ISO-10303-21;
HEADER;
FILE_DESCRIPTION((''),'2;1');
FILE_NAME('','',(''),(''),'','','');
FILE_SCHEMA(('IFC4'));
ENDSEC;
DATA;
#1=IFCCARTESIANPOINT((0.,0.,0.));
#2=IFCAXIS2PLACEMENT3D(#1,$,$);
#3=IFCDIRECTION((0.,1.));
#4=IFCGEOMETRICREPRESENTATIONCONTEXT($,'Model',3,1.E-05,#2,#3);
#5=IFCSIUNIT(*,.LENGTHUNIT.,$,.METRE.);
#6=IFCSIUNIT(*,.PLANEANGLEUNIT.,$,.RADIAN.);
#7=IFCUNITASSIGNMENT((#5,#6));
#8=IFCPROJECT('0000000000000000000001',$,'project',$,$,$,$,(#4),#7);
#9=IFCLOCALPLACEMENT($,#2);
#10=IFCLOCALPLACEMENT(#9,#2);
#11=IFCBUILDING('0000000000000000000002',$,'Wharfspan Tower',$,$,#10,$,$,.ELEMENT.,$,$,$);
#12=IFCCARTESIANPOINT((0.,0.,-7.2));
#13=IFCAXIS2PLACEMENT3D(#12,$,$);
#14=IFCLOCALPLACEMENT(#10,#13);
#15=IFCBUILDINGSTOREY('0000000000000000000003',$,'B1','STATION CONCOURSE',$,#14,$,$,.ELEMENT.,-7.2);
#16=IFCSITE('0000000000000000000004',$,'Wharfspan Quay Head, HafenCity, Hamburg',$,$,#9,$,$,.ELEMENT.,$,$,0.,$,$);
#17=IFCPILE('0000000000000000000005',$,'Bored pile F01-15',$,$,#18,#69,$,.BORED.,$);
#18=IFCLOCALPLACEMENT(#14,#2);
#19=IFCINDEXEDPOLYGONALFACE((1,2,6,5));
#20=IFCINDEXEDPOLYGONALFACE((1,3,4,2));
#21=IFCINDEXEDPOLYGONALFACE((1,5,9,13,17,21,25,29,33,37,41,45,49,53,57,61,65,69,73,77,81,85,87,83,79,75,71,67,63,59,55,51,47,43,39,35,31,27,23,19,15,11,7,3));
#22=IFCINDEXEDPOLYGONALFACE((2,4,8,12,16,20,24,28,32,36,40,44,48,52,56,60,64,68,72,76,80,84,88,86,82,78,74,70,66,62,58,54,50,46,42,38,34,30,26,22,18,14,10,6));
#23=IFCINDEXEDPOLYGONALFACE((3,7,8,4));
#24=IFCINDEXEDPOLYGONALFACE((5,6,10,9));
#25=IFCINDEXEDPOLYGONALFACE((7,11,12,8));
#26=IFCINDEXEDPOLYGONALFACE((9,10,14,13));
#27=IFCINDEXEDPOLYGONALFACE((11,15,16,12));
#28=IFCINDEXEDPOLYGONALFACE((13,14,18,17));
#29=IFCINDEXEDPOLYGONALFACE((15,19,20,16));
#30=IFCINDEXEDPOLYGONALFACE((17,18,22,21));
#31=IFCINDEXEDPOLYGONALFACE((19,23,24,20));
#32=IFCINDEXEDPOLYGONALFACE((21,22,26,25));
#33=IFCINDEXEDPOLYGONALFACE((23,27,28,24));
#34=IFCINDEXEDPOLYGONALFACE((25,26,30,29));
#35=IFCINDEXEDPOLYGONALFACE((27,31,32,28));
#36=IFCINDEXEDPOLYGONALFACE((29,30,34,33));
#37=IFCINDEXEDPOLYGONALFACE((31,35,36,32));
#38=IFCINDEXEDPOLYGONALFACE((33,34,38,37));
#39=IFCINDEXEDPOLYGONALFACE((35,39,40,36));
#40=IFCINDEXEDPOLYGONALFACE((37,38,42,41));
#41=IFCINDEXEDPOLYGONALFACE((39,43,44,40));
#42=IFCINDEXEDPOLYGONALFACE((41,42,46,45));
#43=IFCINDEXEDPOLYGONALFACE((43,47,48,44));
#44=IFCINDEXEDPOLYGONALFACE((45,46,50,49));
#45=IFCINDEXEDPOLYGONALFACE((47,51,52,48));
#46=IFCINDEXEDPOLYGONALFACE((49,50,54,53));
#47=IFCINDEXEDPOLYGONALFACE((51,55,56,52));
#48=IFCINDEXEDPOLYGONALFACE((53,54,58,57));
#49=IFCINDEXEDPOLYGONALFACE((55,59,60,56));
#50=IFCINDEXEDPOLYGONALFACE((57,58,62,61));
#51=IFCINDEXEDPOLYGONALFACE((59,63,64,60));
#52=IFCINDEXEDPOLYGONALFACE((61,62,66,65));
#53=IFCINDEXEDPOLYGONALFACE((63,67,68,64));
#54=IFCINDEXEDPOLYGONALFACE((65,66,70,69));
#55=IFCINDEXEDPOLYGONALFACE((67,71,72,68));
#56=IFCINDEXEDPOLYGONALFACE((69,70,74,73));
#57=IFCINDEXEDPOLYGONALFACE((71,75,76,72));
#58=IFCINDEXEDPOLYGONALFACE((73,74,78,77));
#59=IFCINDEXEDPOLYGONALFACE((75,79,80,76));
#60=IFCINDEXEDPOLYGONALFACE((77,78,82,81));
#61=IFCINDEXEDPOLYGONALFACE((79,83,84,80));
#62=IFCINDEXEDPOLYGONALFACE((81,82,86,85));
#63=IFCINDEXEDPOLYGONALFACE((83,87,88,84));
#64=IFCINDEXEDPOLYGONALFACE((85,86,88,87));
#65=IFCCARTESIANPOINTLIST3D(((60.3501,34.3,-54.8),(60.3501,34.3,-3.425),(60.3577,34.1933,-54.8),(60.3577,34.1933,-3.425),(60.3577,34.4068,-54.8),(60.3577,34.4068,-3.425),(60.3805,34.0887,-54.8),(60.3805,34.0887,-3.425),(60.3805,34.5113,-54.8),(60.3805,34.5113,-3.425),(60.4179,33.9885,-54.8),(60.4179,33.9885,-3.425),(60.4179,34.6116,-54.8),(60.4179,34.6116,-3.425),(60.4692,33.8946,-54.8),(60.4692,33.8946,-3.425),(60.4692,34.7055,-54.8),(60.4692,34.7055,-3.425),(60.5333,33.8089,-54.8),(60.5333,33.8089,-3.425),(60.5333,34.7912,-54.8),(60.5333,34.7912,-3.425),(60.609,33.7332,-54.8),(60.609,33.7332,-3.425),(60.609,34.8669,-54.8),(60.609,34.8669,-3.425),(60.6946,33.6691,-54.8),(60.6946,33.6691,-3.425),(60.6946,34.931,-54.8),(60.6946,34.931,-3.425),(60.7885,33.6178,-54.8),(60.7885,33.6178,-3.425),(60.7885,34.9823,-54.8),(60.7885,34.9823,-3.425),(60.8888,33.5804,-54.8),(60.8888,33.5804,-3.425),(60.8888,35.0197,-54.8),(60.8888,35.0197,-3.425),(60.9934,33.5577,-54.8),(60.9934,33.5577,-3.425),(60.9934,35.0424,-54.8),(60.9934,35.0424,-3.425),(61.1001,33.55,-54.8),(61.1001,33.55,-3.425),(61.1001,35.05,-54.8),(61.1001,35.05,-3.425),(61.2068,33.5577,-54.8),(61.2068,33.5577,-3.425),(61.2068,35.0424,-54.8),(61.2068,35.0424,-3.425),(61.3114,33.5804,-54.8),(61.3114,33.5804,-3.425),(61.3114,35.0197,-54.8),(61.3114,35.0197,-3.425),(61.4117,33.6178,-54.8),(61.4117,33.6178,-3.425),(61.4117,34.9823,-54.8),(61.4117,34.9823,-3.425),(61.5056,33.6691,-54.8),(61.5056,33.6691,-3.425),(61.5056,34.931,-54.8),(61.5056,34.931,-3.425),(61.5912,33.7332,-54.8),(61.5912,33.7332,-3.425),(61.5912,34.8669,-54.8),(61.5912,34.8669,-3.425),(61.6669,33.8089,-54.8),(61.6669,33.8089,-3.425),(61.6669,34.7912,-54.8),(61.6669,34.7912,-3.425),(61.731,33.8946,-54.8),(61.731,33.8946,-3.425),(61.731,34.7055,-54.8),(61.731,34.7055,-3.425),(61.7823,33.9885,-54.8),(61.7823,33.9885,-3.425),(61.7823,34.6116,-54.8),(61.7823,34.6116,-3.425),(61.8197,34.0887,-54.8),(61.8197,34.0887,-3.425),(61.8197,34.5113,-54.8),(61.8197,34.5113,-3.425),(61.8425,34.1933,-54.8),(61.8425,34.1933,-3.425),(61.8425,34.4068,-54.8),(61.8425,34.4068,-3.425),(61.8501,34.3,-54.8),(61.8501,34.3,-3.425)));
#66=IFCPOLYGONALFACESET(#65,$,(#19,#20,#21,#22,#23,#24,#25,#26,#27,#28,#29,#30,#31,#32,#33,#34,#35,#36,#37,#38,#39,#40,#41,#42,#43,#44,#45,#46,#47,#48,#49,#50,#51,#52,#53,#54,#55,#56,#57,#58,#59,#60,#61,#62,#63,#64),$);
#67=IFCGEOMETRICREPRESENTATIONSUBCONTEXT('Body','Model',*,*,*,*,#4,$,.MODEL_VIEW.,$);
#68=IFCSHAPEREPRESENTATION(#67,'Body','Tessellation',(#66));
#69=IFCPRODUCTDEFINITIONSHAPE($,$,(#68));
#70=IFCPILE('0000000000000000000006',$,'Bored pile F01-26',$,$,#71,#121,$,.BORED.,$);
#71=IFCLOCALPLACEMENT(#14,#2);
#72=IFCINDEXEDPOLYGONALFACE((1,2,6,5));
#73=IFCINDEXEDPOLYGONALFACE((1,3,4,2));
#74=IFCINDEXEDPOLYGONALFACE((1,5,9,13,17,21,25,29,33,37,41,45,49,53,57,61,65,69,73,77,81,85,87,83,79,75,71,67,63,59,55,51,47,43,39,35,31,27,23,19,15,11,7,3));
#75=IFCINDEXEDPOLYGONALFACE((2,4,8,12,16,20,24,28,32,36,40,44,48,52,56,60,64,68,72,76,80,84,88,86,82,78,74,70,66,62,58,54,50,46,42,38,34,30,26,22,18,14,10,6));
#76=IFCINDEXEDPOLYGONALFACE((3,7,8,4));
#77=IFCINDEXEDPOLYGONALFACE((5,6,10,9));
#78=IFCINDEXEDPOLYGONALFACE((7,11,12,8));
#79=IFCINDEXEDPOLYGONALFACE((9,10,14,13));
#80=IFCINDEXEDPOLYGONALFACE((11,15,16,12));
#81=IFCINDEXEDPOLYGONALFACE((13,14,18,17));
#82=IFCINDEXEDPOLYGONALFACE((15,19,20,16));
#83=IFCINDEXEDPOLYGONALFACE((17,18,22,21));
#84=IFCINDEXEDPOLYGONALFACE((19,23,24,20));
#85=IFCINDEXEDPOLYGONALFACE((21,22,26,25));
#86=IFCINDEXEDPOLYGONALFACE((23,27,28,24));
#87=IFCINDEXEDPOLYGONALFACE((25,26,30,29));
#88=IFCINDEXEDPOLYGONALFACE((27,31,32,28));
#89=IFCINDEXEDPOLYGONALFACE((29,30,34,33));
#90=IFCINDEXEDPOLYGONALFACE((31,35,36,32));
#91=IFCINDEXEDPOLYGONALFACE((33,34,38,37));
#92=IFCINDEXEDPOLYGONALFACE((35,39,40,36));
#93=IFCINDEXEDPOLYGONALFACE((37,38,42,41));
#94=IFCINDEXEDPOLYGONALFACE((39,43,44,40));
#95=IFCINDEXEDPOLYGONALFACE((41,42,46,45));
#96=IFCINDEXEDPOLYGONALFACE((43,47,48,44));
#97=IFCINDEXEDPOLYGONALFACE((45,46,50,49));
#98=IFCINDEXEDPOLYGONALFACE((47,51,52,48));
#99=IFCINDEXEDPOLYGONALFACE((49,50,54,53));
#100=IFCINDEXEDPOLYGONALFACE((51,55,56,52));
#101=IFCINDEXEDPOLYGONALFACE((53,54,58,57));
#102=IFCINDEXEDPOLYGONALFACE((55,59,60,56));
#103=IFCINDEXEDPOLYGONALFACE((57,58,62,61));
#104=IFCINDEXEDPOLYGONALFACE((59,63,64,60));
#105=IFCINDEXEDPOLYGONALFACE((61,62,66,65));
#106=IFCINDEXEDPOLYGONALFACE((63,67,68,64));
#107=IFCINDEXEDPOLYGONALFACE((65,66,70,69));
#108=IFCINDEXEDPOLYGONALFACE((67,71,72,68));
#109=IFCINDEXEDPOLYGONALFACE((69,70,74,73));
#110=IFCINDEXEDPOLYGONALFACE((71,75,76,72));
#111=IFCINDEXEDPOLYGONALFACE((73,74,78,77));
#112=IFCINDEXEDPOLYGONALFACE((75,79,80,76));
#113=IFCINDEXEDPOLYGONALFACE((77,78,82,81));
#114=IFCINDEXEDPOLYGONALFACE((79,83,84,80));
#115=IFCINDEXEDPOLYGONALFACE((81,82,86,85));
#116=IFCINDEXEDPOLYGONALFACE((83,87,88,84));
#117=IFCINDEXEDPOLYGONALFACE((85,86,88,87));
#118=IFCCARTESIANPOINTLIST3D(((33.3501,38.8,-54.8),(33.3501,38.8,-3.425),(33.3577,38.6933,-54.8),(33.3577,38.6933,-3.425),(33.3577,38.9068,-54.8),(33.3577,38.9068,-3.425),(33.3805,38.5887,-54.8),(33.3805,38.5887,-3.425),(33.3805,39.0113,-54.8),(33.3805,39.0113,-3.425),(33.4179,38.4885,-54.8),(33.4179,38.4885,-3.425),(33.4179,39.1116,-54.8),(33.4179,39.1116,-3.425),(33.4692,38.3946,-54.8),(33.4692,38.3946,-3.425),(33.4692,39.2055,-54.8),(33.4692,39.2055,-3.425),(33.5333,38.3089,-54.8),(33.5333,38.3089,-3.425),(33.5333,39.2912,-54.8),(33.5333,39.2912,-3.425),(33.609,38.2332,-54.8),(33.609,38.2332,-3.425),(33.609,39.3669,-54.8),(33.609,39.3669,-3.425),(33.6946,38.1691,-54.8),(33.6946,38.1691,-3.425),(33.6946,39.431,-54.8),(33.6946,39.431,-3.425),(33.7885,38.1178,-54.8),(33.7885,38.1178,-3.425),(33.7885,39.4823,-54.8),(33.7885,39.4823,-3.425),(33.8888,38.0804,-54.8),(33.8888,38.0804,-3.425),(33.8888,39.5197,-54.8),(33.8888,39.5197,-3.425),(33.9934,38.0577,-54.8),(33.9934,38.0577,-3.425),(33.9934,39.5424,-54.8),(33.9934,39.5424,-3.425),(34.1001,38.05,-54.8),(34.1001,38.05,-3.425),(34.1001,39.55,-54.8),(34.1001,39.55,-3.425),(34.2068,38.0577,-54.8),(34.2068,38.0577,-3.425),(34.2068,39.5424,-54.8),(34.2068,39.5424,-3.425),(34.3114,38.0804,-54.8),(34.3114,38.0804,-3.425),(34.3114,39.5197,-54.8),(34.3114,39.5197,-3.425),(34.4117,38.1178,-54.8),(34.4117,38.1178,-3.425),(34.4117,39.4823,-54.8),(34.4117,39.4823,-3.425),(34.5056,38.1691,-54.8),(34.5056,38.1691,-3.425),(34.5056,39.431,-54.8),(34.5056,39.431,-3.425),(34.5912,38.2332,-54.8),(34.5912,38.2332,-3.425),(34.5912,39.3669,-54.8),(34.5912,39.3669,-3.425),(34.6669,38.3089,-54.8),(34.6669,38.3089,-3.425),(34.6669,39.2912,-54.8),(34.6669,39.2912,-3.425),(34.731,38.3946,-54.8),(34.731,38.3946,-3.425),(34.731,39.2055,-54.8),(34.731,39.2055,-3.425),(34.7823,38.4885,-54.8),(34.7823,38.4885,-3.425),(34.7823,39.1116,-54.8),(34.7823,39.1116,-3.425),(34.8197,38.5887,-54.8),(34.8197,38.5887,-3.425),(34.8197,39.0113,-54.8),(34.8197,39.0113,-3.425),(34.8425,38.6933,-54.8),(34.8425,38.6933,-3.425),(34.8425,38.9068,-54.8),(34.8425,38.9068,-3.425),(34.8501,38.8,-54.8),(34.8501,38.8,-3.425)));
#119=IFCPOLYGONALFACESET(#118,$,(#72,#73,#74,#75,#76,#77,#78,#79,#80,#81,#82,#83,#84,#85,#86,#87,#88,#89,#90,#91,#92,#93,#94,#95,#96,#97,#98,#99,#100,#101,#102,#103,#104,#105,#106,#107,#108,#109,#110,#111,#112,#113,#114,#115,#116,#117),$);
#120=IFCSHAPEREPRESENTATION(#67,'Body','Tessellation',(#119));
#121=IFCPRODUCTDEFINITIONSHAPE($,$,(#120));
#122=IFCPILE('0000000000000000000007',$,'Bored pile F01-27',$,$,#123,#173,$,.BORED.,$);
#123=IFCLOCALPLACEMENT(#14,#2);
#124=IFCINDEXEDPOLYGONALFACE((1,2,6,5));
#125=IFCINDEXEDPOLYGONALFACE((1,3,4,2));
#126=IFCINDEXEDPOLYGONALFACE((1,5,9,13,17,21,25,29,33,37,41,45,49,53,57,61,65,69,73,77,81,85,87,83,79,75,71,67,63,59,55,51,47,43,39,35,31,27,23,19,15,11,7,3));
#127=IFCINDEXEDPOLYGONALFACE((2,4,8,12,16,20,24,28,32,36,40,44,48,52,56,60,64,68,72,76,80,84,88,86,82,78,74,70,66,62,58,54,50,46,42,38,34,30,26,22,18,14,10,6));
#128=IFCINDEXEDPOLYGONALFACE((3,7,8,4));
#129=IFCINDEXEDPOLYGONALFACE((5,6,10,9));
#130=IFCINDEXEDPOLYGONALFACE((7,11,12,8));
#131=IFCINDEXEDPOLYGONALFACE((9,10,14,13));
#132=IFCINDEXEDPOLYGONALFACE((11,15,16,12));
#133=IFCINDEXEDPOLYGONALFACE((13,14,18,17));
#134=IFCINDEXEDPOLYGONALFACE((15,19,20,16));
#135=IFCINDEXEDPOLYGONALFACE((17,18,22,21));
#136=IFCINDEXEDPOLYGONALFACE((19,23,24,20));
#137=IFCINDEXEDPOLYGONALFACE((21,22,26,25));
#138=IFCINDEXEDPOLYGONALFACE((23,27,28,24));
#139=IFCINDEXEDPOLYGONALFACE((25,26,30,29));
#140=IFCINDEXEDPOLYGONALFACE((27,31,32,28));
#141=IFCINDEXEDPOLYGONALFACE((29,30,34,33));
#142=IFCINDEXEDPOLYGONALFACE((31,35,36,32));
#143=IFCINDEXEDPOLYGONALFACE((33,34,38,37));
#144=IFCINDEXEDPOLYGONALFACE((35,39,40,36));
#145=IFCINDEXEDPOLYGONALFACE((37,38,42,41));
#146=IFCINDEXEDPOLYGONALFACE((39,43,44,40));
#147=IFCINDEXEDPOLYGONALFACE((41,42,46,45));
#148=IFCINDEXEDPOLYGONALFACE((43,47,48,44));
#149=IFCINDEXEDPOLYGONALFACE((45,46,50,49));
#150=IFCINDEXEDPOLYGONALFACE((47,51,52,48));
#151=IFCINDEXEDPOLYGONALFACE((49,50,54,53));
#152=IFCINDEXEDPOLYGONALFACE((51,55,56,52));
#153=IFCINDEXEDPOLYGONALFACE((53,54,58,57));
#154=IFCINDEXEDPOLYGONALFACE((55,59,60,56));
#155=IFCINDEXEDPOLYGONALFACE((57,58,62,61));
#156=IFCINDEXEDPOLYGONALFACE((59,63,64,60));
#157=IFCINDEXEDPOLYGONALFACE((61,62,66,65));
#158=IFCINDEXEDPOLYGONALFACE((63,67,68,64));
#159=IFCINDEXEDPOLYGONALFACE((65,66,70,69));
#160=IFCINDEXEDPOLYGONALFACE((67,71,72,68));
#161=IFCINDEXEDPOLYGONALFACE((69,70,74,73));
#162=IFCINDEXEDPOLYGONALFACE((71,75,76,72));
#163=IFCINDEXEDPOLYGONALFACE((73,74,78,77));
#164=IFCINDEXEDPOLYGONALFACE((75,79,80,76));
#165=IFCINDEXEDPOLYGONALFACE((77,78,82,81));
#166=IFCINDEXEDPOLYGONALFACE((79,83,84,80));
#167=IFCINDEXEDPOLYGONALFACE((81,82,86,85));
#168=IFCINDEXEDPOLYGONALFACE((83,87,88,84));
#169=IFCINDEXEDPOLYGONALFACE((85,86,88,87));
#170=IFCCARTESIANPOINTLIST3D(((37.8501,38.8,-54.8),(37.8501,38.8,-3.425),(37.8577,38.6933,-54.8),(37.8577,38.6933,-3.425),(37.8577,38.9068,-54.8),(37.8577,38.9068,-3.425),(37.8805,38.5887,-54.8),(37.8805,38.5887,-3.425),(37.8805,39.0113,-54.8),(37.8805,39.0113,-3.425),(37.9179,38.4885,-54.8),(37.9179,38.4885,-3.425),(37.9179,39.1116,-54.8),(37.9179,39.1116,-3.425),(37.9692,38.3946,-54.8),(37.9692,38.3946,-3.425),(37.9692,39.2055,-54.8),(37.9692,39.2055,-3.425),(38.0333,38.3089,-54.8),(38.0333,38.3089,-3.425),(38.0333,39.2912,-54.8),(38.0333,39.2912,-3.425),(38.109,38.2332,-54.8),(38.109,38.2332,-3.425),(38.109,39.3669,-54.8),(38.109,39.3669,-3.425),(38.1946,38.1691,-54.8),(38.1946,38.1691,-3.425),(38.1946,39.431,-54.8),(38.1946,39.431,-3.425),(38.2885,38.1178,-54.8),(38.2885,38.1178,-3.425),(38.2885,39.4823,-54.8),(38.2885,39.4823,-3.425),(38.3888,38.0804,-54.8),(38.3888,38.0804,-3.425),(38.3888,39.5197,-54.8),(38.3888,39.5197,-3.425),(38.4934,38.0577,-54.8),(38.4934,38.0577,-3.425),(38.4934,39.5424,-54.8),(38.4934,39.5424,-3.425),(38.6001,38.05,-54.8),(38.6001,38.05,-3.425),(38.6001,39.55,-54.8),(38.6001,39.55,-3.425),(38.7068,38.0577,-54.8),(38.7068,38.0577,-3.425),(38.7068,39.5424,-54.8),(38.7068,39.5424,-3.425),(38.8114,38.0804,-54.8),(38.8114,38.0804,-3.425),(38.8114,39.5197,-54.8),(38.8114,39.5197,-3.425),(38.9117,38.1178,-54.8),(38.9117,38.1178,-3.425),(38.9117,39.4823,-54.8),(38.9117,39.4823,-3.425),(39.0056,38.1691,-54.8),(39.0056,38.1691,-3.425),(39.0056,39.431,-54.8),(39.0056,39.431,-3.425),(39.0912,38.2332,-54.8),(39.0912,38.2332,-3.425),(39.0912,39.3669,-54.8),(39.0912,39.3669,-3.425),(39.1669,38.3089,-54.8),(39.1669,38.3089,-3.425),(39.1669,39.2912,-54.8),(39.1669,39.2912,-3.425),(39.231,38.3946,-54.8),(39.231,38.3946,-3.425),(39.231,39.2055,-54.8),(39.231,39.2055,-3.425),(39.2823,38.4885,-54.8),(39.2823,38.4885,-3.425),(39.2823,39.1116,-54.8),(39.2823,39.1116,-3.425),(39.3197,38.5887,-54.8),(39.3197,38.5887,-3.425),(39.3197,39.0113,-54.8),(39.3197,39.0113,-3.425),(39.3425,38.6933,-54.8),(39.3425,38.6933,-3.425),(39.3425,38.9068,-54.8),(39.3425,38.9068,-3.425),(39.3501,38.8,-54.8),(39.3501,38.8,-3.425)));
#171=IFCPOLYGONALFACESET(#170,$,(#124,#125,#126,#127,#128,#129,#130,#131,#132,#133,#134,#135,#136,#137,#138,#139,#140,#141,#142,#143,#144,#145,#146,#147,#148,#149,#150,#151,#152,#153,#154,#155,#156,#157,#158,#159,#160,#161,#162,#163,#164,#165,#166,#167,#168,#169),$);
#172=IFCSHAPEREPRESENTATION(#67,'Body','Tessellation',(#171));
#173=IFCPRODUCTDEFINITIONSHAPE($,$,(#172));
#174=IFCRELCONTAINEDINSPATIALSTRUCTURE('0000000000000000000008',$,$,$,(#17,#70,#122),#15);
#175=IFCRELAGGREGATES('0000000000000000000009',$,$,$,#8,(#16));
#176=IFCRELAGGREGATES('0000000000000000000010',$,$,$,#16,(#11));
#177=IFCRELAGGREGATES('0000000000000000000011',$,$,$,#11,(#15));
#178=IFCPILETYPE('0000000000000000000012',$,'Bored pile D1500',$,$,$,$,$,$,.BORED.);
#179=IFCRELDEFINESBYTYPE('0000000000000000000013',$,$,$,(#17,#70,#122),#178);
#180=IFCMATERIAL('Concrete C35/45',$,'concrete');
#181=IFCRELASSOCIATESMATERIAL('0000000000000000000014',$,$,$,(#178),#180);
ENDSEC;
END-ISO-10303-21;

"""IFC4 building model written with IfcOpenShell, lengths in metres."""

from ifc_helpers import new_model, si_unit, direction, frame, origin, origin_2d, place, context, subcontext, project, spatial, circle, extrude, material, material_profile, profile_set, type_object, element, save


model = new_model("IFC4")

# Units and contexts
model_context = context("Model", 3, precision=1e-05, world=origin(), true_north=direction((0.0, 1.0)))
body_context = subcontext(model_context, "Body", "Model", "MODEL_VIEW")
ifc_project = project(units=[si_unit("LENGTHUNIT", "METRE"), si_unit("PLANEANGLEUNIT", "RADIAN")], contexts=[model_context])

# Site, building, storey
site_placement = place(None, origin())
site = spatial("IfcSite", under=ifc_project, at=site_placement, Name="Wharfspan Quay Head, HafenCity, Hamburg", CompositionType="ELEMENT", RefElevation=0.0)
building_placement = place(site_placement, origin())
building = spatial("IfcBuilding", under=site, at=building_placement, Name="Wharfspan Tower", CompositionType="ELEMENT")
storey_placement = place(building_placement, frame((0.0, 0.0, -7.2)))
storey = spatial("IfcBuildingStorey", under=building, at=storey_placement, Name="B1", Description="STATION CONCOURSE", CompositionType="ELEMENT", Elevation=-7.2)

# Piles
ifc_material_1 = material(Name="Concrete C35/45", Category="concrete")
ifc_material_profile_1 = material_profile(ifc_material_1, circle(Radius=0.75, at=origin_2d()))
ifc_profile_set_1 = profile_set([ifc_material_profile_1], Name="Concrete C35/45")
pile_type = type_object("IfcPileType", Name="Bored pile D1500", PredefinedType="BORED", material=ifc_profile_set_1)
for number, where, z_axis, x_axis, name in (
    (1, (61.1001, 34.3, -3.425), (0.0, 0.0, -1.0), (1.0, 0.0, 0.0), "Bored pile F01-15"),
    (2, (34.1001, 38.8, -3.425), (0.0, 0.0, -1.0), (1.0, 0.0, 0.0), "Bored pile F01-26"),
    (3, (38.6001, 38.8, -3.425), (0.0, 0.0, -1.0), (1.0, 0.0, 0.0), "Bored pile F01-27"),
):
    element("IfcPile", number, at=place(storey_placement, frame(where, z_axis=z_axis, x_axis=x_axis)), inside=storey, type_object=pile_type, Name=name, PredefinedType="BORED", context=body_context, shape_type="SweptSolid", body=[
        extrude(circle(Radius=0.75, at=origin_2d()), origin(), (0.0, 0.0, 1.0), 51.375),
    ])

save(model, "model.ifc")
